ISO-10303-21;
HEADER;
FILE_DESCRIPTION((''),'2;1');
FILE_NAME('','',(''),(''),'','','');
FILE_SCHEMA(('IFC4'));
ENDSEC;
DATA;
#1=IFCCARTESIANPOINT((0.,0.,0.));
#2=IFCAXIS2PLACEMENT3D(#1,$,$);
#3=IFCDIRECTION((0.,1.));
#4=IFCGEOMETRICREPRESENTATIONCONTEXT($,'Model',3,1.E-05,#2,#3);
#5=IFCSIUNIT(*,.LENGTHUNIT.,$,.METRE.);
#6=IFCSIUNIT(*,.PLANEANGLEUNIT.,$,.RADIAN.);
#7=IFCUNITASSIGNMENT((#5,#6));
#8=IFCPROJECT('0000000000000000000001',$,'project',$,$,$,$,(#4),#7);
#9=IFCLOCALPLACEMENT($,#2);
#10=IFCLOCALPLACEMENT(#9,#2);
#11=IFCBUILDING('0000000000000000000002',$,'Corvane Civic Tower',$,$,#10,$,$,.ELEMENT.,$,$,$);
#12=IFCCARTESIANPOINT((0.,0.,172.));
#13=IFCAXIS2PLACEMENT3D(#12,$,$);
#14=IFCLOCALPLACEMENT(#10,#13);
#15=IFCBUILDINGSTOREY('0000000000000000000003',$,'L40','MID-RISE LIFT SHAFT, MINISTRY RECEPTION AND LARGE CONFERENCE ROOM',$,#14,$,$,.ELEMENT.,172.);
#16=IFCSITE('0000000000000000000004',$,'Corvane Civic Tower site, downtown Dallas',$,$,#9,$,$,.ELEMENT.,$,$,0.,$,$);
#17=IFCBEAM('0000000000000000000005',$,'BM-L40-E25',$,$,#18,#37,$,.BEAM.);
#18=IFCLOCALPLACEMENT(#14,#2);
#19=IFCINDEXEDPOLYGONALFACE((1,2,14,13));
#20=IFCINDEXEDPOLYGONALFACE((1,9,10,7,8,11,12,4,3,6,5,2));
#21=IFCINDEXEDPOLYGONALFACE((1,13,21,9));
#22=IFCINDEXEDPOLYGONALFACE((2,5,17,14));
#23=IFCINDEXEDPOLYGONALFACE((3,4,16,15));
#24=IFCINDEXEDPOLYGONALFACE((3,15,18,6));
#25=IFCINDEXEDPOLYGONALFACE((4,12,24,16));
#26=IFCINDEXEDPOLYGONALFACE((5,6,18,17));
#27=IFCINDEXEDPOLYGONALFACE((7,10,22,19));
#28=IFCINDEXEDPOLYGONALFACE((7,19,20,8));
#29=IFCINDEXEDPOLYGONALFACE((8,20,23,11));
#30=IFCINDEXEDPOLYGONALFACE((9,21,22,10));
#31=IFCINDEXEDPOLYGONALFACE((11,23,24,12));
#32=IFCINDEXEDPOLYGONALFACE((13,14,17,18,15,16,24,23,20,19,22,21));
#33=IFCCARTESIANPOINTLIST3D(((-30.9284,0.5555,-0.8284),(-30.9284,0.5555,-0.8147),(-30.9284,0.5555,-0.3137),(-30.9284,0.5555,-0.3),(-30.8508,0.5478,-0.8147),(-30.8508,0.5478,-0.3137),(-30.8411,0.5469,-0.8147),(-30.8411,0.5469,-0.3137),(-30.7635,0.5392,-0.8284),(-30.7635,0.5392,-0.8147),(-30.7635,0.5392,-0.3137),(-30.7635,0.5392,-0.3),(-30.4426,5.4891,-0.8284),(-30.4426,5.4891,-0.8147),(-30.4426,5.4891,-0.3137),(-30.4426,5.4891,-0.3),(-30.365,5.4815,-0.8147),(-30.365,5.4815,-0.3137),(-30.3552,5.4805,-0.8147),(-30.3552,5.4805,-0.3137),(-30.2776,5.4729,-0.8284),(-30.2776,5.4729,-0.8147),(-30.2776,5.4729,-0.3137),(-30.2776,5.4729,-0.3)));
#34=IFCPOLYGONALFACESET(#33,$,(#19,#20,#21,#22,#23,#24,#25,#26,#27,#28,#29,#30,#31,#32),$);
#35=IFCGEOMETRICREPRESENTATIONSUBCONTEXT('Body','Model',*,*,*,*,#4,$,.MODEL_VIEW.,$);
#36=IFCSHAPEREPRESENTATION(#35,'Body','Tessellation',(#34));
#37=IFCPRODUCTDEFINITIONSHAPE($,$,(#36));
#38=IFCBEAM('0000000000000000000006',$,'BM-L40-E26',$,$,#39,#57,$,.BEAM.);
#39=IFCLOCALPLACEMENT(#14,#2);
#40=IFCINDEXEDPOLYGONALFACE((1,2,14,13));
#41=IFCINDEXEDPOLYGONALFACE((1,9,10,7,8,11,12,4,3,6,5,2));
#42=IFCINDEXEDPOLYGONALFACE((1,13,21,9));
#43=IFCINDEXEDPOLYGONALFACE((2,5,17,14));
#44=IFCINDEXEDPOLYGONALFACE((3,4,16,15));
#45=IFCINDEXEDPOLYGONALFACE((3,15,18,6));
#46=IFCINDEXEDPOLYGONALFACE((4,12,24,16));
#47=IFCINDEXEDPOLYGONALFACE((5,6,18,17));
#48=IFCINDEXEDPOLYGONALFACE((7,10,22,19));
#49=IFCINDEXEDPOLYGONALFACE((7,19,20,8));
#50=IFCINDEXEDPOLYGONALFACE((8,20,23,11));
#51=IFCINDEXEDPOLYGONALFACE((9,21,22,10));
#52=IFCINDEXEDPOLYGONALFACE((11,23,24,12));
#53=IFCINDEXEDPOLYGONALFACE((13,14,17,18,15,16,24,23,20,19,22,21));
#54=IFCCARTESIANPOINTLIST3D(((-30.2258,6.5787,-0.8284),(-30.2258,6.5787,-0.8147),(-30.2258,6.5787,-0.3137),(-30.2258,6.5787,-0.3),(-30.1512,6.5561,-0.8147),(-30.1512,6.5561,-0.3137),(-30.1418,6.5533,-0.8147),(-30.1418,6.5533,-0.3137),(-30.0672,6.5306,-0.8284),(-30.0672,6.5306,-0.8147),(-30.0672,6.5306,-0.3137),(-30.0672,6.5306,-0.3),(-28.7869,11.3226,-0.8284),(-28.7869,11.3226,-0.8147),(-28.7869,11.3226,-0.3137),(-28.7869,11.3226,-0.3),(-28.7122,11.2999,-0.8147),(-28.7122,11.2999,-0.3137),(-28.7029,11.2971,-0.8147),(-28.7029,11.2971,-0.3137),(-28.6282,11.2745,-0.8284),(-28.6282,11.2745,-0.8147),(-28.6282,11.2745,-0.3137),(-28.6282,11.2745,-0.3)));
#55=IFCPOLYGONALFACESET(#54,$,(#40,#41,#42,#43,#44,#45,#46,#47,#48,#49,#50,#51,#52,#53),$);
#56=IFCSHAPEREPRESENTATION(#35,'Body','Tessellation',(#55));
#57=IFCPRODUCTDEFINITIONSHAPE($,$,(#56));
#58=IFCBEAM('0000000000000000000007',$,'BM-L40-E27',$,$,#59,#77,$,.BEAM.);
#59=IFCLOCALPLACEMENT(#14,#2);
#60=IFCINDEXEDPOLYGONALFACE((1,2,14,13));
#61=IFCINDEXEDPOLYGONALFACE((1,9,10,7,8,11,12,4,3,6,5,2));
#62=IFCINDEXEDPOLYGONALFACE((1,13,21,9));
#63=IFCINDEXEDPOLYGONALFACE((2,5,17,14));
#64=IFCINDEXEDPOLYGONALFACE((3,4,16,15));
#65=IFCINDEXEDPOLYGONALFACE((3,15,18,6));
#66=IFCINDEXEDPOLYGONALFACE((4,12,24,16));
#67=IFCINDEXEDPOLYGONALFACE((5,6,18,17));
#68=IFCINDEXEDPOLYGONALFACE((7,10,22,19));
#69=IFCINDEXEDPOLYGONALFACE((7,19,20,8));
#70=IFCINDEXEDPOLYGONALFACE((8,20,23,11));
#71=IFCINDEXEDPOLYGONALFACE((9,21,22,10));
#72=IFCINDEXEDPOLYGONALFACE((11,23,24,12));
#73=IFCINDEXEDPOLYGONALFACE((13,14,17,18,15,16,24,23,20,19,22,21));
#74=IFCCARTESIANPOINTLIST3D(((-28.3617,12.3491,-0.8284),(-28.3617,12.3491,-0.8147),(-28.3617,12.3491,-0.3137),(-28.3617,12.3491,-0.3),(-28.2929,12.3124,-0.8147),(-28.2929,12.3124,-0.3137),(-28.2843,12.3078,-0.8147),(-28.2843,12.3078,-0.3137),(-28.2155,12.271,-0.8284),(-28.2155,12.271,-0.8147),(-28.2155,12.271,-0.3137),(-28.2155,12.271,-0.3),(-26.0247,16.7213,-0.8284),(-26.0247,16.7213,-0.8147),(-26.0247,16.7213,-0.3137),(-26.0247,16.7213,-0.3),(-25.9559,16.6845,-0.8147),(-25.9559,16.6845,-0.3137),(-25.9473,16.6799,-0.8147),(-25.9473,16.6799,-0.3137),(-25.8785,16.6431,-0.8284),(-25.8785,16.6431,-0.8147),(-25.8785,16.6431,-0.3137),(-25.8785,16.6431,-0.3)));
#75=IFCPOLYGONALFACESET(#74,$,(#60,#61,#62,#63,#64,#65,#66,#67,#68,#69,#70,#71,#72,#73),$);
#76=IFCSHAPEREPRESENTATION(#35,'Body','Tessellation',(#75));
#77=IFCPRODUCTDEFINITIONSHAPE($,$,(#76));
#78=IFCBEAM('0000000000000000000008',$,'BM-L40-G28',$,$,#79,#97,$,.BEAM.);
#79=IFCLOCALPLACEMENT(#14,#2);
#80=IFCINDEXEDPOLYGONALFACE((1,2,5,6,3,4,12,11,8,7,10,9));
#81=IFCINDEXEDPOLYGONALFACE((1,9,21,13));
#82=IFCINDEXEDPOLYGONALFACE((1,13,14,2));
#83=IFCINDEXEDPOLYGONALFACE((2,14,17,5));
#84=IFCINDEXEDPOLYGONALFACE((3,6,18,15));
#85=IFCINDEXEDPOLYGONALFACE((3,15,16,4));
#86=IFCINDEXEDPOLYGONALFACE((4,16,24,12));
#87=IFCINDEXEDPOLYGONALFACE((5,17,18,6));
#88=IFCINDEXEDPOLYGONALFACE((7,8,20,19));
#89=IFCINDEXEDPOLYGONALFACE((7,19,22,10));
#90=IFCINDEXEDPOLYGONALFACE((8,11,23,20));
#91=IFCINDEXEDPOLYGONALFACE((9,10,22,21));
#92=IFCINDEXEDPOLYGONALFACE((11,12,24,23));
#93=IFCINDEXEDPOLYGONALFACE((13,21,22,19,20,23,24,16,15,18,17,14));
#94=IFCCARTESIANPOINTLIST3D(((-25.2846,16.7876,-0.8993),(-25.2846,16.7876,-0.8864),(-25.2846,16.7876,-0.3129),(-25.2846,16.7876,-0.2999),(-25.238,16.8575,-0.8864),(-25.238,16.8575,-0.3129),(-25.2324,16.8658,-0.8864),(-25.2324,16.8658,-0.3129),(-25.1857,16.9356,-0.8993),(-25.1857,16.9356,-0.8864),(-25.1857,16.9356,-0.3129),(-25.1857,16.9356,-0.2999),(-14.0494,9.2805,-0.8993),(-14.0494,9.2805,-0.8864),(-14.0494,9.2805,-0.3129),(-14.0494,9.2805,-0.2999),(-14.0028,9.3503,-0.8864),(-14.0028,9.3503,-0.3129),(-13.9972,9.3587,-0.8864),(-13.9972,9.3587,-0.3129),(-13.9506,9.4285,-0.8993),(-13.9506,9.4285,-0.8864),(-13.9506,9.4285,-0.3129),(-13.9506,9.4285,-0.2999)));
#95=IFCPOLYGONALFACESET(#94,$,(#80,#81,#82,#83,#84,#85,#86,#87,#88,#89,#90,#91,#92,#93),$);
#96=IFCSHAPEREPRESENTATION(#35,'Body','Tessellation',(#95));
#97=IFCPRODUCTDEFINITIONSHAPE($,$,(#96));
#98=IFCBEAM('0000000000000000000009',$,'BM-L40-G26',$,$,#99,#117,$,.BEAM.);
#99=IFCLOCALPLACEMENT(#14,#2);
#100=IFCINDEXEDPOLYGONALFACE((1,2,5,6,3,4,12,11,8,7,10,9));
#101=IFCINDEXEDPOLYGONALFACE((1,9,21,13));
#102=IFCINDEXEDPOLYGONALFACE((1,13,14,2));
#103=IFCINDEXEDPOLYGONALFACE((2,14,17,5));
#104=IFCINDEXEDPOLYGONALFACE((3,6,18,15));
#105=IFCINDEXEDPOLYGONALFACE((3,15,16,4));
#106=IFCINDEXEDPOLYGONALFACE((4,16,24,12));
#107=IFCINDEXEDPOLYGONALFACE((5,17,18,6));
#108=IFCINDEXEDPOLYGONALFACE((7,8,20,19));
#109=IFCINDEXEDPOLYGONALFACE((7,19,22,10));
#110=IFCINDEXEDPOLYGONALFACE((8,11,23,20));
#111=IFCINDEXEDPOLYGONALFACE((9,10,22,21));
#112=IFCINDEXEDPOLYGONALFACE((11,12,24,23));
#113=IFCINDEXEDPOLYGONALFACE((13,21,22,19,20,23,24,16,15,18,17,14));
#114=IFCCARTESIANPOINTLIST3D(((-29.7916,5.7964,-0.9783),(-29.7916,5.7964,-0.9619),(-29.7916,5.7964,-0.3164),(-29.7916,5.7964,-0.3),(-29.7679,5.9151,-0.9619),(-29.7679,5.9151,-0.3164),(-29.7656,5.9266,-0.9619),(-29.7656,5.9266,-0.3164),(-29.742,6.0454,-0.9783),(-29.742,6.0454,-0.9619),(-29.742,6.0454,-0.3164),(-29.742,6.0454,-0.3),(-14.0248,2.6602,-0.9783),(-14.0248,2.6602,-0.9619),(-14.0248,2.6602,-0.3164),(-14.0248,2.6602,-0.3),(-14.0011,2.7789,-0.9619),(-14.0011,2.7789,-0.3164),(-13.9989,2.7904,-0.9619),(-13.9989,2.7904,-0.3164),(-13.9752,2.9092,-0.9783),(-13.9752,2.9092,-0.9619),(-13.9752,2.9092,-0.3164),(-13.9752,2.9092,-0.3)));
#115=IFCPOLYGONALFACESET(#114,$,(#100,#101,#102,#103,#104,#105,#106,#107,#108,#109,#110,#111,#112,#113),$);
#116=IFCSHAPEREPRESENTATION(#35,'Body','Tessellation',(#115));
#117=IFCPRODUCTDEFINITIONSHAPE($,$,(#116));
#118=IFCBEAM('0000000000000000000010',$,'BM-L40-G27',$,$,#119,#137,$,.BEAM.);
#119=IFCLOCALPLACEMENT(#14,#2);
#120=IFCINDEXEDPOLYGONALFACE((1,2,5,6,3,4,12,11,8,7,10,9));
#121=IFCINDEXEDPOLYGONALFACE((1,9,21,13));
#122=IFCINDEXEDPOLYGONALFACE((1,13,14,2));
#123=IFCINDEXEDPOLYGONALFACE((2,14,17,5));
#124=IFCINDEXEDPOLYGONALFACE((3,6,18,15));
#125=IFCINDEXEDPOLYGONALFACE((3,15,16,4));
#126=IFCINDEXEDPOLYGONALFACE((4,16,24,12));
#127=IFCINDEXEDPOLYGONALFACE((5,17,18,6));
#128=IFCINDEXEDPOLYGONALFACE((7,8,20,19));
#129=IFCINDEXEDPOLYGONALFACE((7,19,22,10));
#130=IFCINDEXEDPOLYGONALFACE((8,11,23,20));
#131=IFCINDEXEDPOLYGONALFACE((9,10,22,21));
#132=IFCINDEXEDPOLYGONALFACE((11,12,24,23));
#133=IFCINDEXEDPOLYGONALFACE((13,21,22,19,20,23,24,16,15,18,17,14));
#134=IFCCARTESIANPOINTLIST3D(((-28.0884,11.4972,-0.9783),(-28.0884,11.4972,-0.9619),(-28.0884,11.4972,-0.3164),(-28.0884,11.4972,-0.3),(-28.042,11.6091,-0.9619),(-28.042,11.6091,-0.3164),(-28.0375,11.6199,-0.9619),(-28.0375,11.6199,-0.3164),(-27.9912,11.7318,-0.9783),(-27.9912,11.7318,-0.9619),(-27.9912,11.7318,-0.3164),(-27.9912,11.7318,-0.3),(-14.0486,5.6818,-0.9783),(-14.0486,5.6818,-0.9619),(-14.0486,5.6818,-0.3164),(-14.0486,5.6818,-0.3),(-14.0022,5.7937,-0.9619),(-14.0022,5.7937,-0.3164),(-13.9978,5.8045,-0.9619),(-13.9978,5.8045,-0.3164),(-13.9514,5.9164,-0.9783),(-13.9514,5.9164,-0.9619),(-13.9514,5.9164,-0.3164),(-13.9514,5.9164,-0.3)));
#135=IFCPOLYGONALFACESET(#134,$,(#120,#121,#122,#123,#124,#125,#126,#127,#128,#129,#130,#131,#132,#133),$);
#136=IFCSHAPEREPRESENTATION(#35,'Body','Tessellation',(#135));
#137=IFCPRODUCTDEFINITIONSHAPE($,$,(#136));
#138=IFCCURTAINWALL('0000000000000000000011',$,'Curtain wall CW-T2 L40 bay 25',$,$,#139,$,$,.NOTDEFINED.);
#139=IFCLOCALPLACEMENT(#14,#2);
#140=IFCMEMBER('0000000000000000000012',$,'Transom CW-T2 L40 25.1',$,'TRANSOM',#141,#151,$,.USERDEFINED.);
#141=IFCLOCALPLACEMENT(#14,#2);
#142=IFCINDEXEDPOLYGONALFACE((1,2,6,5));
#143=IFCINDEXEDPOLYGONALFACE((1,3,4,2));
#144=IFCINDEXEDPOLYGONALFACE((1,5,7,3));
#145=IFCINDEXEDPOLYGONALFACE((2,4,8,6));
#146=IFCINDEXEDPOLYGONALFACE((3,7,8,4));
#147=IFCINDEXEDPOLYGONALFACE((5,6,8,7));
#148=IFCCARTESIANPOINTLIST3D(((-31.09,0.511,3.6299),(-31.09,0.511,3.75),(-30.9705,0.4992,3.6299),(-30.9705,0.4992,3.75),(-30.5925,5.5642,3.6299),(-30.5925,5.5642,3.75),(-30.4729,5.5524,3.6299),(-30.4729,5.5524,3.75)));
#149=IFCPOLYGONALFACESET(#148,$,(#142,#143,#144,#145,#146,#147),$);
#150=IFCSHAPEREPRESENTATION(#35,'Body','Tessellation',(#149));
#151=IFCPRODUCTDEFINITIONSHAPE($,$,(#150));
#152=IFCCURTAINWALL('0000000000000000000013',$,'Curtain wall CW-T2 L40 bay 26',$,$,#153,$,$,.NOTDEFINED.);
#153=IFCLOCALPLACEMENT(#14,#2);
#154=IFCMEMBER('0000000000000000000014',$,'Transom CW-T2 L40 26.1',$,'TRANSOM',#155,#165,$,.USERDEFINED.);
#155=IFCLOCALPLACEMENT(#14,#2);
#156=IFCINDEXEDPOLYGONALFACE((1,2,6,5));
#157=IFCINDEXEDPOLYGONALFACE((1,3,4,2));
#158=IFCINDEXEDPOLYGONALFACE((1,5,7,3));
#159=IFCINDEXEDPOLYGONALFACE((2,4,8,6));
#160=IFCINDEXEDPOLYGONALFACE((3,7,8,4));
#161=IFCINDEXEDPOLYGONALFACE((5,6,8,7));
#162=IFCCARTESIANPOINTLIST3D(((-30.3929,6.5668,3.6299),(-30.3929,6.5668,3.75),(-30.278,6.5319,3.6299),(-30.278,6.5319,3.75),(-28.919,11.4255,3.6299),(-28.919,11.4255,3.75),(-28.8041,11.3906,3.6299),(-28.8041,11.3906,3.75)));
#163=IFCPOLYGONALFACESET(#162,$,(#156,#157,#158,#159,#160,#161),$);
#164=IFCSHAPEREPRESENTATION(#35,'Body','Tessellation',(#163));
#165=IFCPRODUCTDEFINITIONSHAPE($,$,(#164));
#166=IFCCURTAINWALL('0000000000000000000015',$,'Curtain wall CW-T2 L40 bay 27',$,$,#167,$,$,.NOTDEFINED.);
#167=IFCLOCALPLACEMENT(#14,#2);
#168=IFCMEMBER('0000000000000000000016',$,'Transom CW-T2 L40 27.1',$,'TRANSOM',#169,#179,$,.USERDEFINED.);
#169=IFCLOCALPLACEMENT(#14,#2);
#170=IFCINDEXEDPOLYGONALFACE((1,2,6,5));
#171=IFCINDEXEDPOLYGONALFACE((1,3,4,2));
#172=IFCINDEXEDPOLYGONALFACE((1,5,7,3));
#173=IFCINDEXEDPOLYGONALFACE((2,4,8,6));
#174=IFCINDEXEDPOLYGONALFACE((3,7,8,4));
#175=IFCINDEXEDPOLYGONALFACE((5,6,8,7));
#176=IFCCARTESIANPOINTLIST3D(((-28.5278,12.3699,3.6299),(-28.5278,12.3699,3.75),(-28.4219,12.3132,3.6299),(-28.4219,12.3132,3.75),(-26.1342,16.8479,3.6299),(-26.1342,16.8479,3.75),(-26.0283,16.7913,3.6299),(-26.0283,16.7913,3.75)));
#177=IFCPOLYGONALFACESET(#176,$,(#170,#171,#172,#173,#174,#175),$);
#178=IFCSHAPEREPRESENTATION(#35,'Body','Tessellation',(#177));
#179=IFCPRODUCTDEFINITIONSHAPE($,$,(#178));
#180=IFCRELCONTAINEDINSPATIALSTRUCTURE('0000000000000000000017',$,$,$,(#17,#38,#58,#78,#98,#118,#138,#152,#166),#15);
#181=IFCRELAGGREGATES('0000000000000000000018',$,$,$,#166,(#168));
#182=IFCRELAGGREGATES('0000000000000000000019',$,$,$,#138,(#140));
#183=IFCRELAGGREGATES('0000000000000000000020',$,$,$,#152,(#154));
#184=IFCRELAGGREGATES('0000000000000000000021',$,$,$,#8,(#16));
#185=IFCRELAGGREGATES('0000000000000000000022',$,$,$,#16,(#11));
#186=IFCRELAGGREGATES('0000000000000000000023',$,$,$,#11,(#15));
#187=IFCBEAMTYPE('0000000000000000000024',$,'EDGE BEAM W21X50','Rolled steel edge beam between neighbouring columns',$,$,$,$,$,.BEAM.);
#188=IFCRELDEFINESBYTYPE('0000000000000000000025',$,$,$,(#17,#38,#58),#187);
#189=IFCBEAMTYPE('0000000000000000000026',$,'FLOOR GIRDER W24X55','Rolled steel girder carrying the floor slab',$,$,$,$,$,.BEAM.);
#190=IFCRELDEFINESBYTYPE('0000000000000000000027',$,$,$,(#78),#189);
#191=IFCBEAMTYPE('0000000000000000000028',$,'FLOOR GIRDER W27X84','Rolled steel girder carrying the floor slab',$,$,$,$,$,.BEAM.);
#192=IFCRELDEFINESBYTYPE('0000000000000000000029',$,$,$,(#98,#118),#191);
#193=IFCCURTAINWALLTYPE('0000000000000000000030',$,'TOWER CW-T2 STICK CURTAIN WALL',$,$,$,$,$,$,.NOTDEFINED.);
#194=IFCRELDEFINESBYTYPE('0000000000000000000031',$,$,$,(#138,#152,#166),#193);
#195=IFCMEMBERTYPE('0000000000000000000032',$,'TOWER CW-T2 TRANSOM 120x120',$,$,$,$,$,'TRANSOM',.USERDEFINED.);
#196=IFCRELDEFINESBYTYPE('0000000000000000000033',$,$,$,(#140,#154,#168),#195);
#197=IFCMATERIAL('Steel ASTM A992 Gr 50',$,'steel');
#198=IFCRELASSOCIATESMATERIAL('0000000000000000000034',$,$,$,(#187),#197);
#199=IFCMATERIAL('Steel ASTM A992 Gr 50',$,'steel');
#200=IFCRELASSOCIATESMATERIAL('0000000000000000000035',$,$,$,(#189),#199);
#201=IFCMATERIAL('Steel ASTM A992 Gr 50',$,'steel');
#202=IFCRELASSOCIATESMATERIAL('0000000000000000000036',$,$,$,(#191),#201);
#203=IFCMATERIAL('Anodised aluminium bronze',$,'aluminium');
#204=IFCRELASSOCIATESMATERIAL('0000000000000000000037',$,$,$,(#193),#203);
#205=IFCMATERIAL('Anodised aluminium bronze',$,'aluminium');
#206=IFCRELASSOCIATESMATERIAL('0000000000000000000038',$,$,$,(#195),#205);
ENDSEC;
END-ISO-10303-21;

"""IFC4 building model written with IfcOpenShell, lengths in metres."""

from ifc_helpers import new_model, si_unit, direction, frame, origin, origin_2d, place, context, subcontext, project, spatial, rectangle, i_section, extrude, material, material_profile, profile_set, type_object, element, aggregate, save


model = new_model("IFC4")

# Units and contexts
model_context = context("Model", 3, precision=1e-05, world=origin(), true_north=direction((0.0, 1.0)))
body_context = subcontext(model_context, "Body", "Model", "MODEL_VIEW")
ifc_project = project(units=[si_unit("LENGTHUNIT", "METRE"), si_unit("PLANEANGLEUNIT", "RADIAN")], contexts=[model_context])

# Site, building, storey
site_placement = place(None, origin())
site = spatial("IfcSite", under=ifc_project, at=site_placement, Name="Corvane Civic Tower site, downtown Dallas", CompositionType="ELEMENT", RefElevation=0.0)
building_placement = place(site_placement, origin())
building = spatial("IfcBuilding", under=site, at=building_placement, Name="Corvane Civic Tower", CompositionType="ELEMENT")
storey_placement = place(building_placement, frame((0.0, 0.0, 172.0)))
storey = spatial("IfcBuildingStorey", under=building, at=storey_placement, Name="L40", Description="MID-RISE LIFT SHAFT, MINISTRY RECEPTION AND LARGE CONFERENCE ROOM", CompositionType="ELEMENT", Elevation=172.0)

# Beams
ifc_material_1 = material(Name="Steel ASTM A992 Gr 50", Category="steel")
ifc_material_profile_1 = material_profile(ifc_material_1, i_section(OverallWidth=0.1658, OverallDepth=0.5283, WebThickness=0.0098, FlangeThickness=0.0137, at=origin_2d()), Name="W21X50")
ifc_profile_set_1 = profile_set([ifc_material_profile_1], Name="Steel ASTM A992 Gr 50")
beam_type_1 = type_object("IfcBeamType", Name="EDGE BEAM W21X50", Description="Rolled steel edge beam between neighbouring columns", PredefinedType="BEAM", material=ifc_profile_set_1)
beam_1_placement = place(storey_placement, frame((-30.8459, 0.5474, -0.5642), z_axis=(0.098002, 0.995186, 0.0), x_axis=(-0.995186, 0.098002, 0.0)))
element("IfcBeam", 1, at=beam_1_placement, inside=storey, type_object=beam_type_1, Name="BM-L40-E25", PredefinedType="BEAM", context=body_context, shape_type="SweptSolid", body=[
    extrude(i_section(OverallWidth=0.1658, OverallDepth=0.5283, WebThickness=0.0098, FlangeThickness=0.0137, at=origin_2d()), origin(), (0.0, 0.0, 1.0), 4.9575),
])
beam_2_placement = place(storey_placement, frame((-30.1465, 6.5547, -0.5642), z_axis=(0.29027, 0.956945, 0.0), x_axis=(-0.956945, 0.29027, 0.0)))
element("IfcBeam", 2, at=beam_2_placement, inside=storey, type_object=beam_type_1, Name="BM-L40-E26", PredefinedType="BEAM", context=body_context, shape_type="SweptSolid", body=[
    extrude(i_section(OverallWidth=0.1658, OverallDepth=0.5283, WebThickness=0.0098, FlangeThickness=0.0137, at=origin_2d()), origin(), (0.0, 0.0, 1.0), 4.9573),
])
beam_3_placement = place(storey_placement, frame((-28.2886, 12.3101, -0.5642), z_axis=(0.471396, 0.881922, 0.0), x_axis=(-0.881922, 0.471396, 0.0)))
element("IfcBeam", 3, at=beam_3_placement, inside=storey, type_object=beam_type_1, Name="BM-L40-E27", PredefinedType="BEAM", context=body_context, shape_type="SweptSolid", body=[
    extrude(i_section(OverallWidth=0.1658, OverallDepth=0.5283, WebThickness=0.0098, FlangeThickness=0.0137, at=origin_2d()), origin(), (0.0, 0.0, 1.0), 4.9575),
])
ifc_material_2 = material(Name="Steel ASTM A992 Gr 50", Category="steel")
ifc_material_profile_2 = material_profile(ifc_material_2, i_section(OverallWidth=0.178, OverallDepth=0.5994, WebThickness=0.01, FlangeThickness=0.0129, at=origin_2d()), Name="W24X55")
ifc_profile_set_2 = profile_set([ifc_material_profile_2], Name="Steel ASTM A992 Gr 50")
beam_type_2 = type_object("IfcBeamType", Name="FLOOR GIRDER W24X55", Description="Rolled steel girder carrying the floor slab", PredefinedType="BEAM", material=ifc_profile_set_2)
beam_4_placement = place(storey_placement, frame((-14.0, 9.3545, -0.5996), z_axis=(-0.831469, 0.555571, 0.0), x_axis=(-0.555571, -0.831469, 0.0)))
element("IfcBeam", 4, at=beam_4_placement, inside=storey, type_object=beam_type_2, Name="BM-L40-G28", PredefinedType="BEAM", context=body_context, shape_type="SweptSolid", body=[
    extrude(i_section(OverallWidth=0.178, OverallDepth=0.5994, WebThickness=0.01, FlangeThickness=0.0129, at=origin_2d()), origin(), (0.0, 0.0, 1.0), 13.5125),
])
ifc_material_3 = material(Name="Steel ASTM A992 Gr 50", Category="steel")
ifc_material_profile_3 = material_profile(ifc_material_3, i_section(OverallWidth=0.2539, OverallDepth=0.6782, WebThickness=0.0117, FlangeThickness=0.0164, at=origin_2d()), Name="W27X84")
ifc_profile_set_3 = profile_set([ifc_material_profile_3], Name="Steel ASTM A992 Gr 50")
beam_type_3 = type_object("IfcBeamType", Name="FLOOR GIRDER W27X84", Description="Rolled steel girder carrying the floor slab", PredefinedType="BEAM", material=ifc_profile_set_3)
beam_5_placement = place(storey_placement, frame((-14.0, 2.7847, -0.6392), z_axis=(-0.980785, 0.195091, 0.0), x_axis=(-0.195091, -0.980785, 0.0)))
element("IfcBeam", 5, at=beam_5_placement, inside=storey, type_object=beam_type_3, Name="BM-L40-G26", PredefinedType="BEAM", context=body_context, shape_type="SweptSolid", body=[
    extrude(i_section(OverallWidth=0.2539, OverallDepth=0.6782, WebThickness=0.0117, FlangeThickness=0.0164, at=origin_2d()), origin(), (0.0, 0.0, 1.0), 16.0757),
])
beam_6_placement = place(storey_placement, frame((-14.0, 5.7991, -0.6392), z_axis=(-0.923881, 0.382681, 0.0), x_axis=(-0.382681, -0.923881, 0.0)))
element("IfcBeam", 6, at=beam_6_placement, inside=storey, type_object=beam_type_3, Name="BM-L40-G27", PredefinedType="BEAM", context=body_context, shape_type="SweptSolid", body=[
    extrude(i_section(OverallWidth=0.2539, OverallDepth=0.6782, WebThickness=0.0117, FlangeThickness=0.0164, at=origin_2d()), origin(), (0.0, 0.0, 1.0), 15.1965),
])

# Curtain walls, members
ifc_material_4 = material(Name="Anodised aluminium bronze", Category="aluminium")
curtain_wall_type = type_object("IfcCurtainWallType", Name="TOWER CW-T2 STICK CURTAIN WALL", PredefinedType="NOTDEFINED", material=ifc_material_4)
curtain_wall_1_placement = place(storey_placement, origin())
curtain_wall_1 = element("IfcCurtainWall", 7, at=curtain_wall_1_placement, inside=storey, type_object=curtain_wall_type, Name="Curtain wall CW-T2 L40 bay 25", PredefinedType="NOTDEFINED")
ifc_material_5 = material(Name="Anodised aluminium bronze", Category="aluminium")
ifc_material_profile_4 = material_profile(ifc_material_5, rectangle(XDim=0.1201, YDim=0.1201, at=origin_2d()), Name="TOWER CW-T2 TRANSOM 120x120")
ifc_profile_set_4 = profile_set([ifc_material_profile_4], Name="Anodised aluminium bronze")
member_type = type_object("IfcMemberType", Name="TOWER CW-T2 TRANSOM 120x120", ElementType="TRANSOM", PredefinedType="USERDEFINED", material=ifc_profile_set_4)
member_1_placement = place(storey_placement, frame((-31.0303, 0.5051, 3.6899), z_axis=(0.09799, 0.995187, 0.0), x_axis=(-0.995187, 0.09799, 0.0)))
member_1 = element("IfcMember", 8, at=member_1_placement, type_object=member_type, Name="Transom CW-T2 L40 25.1", ObjectType="TRANSOM", PredefinedType="USERDEFINED", context=body_context, shape_type="SweptSolid", body=[
    extrude(rectangle(XDim=0.1201, YDim=0.1201, at=origin_2d()), origin(), (0.0, 0.0, 1.0), 5.0776),
])
curtain_wall_2_placement = place(storey_placement, origin())
curtain_wall_2 = element("IfcCurtainWall", 9, at=curtain_wall_2_placement, inside=storey, type_object=curtain_wall_type, Name="Curtain wall CW-T2 L40 bay 26", PredefinedType="NOTDEFINED")
member_2_placement = place(storey_placement, frame((-30.3354, 6.5493, 3.6899), z_axis=(0.290289, 0.956939, 0.0), x_axis=(-0.956939, 0.290289, 0.0)))
member_2 = element("IfcMember", 10, at=member_2_placement, type_object=member_type, Name="Transom CW-T2 L40 26.1", ObjectType="TRANSOM", PredefinedType="USERDEFINED", context=body_context, shape_type="SweptSolid", body=[
    extrude(rectangle(XDim=0.1201, YDim=0.1201, at=origin_2d()), origin(), (0.0, 0.0, 1.0), 5.0774),
])
curtain_wall_3_placement = place(storey_placement, origin())
curtain_wall_3 = element("IfcCurtainWall", 11, at=curtain_wall_3_placement, inside=storey, type_object=curtain_wall_type, Name="Curtain wall CW-T2 L40 bay 27", PredefinedType="NOTDEFINED")
member_3_placement = place(storey_placement, frame((-28.4749, 12.3416, 3.6899), z_axis=(0.471397, 0.881921, 0.0), x_axis=(-0.881921, 0.471397, 0.0)))
member_3 = element("IfcMember", 12, at=member_3_placement, type_object=member_type, Name="Transom CW-T2 L40 27.1", ObjectType="TRANSOM", PredefinedType="USERDEFINED", context=body_context, shape_type="SweptSolid", body=[
    extrude(rectangle(XDim=0.1201, YDim=0.1201, at=origin_2d()), origin(), (0.0, 0.0, 1.0), 5.0776),
])
aggregate(curtain_wall_3, [member_3])

aggregate(curtain_wall_1, [member_1])
aggregate(curtain_wall_2, [member_2])

save(model, "model.ifc")
